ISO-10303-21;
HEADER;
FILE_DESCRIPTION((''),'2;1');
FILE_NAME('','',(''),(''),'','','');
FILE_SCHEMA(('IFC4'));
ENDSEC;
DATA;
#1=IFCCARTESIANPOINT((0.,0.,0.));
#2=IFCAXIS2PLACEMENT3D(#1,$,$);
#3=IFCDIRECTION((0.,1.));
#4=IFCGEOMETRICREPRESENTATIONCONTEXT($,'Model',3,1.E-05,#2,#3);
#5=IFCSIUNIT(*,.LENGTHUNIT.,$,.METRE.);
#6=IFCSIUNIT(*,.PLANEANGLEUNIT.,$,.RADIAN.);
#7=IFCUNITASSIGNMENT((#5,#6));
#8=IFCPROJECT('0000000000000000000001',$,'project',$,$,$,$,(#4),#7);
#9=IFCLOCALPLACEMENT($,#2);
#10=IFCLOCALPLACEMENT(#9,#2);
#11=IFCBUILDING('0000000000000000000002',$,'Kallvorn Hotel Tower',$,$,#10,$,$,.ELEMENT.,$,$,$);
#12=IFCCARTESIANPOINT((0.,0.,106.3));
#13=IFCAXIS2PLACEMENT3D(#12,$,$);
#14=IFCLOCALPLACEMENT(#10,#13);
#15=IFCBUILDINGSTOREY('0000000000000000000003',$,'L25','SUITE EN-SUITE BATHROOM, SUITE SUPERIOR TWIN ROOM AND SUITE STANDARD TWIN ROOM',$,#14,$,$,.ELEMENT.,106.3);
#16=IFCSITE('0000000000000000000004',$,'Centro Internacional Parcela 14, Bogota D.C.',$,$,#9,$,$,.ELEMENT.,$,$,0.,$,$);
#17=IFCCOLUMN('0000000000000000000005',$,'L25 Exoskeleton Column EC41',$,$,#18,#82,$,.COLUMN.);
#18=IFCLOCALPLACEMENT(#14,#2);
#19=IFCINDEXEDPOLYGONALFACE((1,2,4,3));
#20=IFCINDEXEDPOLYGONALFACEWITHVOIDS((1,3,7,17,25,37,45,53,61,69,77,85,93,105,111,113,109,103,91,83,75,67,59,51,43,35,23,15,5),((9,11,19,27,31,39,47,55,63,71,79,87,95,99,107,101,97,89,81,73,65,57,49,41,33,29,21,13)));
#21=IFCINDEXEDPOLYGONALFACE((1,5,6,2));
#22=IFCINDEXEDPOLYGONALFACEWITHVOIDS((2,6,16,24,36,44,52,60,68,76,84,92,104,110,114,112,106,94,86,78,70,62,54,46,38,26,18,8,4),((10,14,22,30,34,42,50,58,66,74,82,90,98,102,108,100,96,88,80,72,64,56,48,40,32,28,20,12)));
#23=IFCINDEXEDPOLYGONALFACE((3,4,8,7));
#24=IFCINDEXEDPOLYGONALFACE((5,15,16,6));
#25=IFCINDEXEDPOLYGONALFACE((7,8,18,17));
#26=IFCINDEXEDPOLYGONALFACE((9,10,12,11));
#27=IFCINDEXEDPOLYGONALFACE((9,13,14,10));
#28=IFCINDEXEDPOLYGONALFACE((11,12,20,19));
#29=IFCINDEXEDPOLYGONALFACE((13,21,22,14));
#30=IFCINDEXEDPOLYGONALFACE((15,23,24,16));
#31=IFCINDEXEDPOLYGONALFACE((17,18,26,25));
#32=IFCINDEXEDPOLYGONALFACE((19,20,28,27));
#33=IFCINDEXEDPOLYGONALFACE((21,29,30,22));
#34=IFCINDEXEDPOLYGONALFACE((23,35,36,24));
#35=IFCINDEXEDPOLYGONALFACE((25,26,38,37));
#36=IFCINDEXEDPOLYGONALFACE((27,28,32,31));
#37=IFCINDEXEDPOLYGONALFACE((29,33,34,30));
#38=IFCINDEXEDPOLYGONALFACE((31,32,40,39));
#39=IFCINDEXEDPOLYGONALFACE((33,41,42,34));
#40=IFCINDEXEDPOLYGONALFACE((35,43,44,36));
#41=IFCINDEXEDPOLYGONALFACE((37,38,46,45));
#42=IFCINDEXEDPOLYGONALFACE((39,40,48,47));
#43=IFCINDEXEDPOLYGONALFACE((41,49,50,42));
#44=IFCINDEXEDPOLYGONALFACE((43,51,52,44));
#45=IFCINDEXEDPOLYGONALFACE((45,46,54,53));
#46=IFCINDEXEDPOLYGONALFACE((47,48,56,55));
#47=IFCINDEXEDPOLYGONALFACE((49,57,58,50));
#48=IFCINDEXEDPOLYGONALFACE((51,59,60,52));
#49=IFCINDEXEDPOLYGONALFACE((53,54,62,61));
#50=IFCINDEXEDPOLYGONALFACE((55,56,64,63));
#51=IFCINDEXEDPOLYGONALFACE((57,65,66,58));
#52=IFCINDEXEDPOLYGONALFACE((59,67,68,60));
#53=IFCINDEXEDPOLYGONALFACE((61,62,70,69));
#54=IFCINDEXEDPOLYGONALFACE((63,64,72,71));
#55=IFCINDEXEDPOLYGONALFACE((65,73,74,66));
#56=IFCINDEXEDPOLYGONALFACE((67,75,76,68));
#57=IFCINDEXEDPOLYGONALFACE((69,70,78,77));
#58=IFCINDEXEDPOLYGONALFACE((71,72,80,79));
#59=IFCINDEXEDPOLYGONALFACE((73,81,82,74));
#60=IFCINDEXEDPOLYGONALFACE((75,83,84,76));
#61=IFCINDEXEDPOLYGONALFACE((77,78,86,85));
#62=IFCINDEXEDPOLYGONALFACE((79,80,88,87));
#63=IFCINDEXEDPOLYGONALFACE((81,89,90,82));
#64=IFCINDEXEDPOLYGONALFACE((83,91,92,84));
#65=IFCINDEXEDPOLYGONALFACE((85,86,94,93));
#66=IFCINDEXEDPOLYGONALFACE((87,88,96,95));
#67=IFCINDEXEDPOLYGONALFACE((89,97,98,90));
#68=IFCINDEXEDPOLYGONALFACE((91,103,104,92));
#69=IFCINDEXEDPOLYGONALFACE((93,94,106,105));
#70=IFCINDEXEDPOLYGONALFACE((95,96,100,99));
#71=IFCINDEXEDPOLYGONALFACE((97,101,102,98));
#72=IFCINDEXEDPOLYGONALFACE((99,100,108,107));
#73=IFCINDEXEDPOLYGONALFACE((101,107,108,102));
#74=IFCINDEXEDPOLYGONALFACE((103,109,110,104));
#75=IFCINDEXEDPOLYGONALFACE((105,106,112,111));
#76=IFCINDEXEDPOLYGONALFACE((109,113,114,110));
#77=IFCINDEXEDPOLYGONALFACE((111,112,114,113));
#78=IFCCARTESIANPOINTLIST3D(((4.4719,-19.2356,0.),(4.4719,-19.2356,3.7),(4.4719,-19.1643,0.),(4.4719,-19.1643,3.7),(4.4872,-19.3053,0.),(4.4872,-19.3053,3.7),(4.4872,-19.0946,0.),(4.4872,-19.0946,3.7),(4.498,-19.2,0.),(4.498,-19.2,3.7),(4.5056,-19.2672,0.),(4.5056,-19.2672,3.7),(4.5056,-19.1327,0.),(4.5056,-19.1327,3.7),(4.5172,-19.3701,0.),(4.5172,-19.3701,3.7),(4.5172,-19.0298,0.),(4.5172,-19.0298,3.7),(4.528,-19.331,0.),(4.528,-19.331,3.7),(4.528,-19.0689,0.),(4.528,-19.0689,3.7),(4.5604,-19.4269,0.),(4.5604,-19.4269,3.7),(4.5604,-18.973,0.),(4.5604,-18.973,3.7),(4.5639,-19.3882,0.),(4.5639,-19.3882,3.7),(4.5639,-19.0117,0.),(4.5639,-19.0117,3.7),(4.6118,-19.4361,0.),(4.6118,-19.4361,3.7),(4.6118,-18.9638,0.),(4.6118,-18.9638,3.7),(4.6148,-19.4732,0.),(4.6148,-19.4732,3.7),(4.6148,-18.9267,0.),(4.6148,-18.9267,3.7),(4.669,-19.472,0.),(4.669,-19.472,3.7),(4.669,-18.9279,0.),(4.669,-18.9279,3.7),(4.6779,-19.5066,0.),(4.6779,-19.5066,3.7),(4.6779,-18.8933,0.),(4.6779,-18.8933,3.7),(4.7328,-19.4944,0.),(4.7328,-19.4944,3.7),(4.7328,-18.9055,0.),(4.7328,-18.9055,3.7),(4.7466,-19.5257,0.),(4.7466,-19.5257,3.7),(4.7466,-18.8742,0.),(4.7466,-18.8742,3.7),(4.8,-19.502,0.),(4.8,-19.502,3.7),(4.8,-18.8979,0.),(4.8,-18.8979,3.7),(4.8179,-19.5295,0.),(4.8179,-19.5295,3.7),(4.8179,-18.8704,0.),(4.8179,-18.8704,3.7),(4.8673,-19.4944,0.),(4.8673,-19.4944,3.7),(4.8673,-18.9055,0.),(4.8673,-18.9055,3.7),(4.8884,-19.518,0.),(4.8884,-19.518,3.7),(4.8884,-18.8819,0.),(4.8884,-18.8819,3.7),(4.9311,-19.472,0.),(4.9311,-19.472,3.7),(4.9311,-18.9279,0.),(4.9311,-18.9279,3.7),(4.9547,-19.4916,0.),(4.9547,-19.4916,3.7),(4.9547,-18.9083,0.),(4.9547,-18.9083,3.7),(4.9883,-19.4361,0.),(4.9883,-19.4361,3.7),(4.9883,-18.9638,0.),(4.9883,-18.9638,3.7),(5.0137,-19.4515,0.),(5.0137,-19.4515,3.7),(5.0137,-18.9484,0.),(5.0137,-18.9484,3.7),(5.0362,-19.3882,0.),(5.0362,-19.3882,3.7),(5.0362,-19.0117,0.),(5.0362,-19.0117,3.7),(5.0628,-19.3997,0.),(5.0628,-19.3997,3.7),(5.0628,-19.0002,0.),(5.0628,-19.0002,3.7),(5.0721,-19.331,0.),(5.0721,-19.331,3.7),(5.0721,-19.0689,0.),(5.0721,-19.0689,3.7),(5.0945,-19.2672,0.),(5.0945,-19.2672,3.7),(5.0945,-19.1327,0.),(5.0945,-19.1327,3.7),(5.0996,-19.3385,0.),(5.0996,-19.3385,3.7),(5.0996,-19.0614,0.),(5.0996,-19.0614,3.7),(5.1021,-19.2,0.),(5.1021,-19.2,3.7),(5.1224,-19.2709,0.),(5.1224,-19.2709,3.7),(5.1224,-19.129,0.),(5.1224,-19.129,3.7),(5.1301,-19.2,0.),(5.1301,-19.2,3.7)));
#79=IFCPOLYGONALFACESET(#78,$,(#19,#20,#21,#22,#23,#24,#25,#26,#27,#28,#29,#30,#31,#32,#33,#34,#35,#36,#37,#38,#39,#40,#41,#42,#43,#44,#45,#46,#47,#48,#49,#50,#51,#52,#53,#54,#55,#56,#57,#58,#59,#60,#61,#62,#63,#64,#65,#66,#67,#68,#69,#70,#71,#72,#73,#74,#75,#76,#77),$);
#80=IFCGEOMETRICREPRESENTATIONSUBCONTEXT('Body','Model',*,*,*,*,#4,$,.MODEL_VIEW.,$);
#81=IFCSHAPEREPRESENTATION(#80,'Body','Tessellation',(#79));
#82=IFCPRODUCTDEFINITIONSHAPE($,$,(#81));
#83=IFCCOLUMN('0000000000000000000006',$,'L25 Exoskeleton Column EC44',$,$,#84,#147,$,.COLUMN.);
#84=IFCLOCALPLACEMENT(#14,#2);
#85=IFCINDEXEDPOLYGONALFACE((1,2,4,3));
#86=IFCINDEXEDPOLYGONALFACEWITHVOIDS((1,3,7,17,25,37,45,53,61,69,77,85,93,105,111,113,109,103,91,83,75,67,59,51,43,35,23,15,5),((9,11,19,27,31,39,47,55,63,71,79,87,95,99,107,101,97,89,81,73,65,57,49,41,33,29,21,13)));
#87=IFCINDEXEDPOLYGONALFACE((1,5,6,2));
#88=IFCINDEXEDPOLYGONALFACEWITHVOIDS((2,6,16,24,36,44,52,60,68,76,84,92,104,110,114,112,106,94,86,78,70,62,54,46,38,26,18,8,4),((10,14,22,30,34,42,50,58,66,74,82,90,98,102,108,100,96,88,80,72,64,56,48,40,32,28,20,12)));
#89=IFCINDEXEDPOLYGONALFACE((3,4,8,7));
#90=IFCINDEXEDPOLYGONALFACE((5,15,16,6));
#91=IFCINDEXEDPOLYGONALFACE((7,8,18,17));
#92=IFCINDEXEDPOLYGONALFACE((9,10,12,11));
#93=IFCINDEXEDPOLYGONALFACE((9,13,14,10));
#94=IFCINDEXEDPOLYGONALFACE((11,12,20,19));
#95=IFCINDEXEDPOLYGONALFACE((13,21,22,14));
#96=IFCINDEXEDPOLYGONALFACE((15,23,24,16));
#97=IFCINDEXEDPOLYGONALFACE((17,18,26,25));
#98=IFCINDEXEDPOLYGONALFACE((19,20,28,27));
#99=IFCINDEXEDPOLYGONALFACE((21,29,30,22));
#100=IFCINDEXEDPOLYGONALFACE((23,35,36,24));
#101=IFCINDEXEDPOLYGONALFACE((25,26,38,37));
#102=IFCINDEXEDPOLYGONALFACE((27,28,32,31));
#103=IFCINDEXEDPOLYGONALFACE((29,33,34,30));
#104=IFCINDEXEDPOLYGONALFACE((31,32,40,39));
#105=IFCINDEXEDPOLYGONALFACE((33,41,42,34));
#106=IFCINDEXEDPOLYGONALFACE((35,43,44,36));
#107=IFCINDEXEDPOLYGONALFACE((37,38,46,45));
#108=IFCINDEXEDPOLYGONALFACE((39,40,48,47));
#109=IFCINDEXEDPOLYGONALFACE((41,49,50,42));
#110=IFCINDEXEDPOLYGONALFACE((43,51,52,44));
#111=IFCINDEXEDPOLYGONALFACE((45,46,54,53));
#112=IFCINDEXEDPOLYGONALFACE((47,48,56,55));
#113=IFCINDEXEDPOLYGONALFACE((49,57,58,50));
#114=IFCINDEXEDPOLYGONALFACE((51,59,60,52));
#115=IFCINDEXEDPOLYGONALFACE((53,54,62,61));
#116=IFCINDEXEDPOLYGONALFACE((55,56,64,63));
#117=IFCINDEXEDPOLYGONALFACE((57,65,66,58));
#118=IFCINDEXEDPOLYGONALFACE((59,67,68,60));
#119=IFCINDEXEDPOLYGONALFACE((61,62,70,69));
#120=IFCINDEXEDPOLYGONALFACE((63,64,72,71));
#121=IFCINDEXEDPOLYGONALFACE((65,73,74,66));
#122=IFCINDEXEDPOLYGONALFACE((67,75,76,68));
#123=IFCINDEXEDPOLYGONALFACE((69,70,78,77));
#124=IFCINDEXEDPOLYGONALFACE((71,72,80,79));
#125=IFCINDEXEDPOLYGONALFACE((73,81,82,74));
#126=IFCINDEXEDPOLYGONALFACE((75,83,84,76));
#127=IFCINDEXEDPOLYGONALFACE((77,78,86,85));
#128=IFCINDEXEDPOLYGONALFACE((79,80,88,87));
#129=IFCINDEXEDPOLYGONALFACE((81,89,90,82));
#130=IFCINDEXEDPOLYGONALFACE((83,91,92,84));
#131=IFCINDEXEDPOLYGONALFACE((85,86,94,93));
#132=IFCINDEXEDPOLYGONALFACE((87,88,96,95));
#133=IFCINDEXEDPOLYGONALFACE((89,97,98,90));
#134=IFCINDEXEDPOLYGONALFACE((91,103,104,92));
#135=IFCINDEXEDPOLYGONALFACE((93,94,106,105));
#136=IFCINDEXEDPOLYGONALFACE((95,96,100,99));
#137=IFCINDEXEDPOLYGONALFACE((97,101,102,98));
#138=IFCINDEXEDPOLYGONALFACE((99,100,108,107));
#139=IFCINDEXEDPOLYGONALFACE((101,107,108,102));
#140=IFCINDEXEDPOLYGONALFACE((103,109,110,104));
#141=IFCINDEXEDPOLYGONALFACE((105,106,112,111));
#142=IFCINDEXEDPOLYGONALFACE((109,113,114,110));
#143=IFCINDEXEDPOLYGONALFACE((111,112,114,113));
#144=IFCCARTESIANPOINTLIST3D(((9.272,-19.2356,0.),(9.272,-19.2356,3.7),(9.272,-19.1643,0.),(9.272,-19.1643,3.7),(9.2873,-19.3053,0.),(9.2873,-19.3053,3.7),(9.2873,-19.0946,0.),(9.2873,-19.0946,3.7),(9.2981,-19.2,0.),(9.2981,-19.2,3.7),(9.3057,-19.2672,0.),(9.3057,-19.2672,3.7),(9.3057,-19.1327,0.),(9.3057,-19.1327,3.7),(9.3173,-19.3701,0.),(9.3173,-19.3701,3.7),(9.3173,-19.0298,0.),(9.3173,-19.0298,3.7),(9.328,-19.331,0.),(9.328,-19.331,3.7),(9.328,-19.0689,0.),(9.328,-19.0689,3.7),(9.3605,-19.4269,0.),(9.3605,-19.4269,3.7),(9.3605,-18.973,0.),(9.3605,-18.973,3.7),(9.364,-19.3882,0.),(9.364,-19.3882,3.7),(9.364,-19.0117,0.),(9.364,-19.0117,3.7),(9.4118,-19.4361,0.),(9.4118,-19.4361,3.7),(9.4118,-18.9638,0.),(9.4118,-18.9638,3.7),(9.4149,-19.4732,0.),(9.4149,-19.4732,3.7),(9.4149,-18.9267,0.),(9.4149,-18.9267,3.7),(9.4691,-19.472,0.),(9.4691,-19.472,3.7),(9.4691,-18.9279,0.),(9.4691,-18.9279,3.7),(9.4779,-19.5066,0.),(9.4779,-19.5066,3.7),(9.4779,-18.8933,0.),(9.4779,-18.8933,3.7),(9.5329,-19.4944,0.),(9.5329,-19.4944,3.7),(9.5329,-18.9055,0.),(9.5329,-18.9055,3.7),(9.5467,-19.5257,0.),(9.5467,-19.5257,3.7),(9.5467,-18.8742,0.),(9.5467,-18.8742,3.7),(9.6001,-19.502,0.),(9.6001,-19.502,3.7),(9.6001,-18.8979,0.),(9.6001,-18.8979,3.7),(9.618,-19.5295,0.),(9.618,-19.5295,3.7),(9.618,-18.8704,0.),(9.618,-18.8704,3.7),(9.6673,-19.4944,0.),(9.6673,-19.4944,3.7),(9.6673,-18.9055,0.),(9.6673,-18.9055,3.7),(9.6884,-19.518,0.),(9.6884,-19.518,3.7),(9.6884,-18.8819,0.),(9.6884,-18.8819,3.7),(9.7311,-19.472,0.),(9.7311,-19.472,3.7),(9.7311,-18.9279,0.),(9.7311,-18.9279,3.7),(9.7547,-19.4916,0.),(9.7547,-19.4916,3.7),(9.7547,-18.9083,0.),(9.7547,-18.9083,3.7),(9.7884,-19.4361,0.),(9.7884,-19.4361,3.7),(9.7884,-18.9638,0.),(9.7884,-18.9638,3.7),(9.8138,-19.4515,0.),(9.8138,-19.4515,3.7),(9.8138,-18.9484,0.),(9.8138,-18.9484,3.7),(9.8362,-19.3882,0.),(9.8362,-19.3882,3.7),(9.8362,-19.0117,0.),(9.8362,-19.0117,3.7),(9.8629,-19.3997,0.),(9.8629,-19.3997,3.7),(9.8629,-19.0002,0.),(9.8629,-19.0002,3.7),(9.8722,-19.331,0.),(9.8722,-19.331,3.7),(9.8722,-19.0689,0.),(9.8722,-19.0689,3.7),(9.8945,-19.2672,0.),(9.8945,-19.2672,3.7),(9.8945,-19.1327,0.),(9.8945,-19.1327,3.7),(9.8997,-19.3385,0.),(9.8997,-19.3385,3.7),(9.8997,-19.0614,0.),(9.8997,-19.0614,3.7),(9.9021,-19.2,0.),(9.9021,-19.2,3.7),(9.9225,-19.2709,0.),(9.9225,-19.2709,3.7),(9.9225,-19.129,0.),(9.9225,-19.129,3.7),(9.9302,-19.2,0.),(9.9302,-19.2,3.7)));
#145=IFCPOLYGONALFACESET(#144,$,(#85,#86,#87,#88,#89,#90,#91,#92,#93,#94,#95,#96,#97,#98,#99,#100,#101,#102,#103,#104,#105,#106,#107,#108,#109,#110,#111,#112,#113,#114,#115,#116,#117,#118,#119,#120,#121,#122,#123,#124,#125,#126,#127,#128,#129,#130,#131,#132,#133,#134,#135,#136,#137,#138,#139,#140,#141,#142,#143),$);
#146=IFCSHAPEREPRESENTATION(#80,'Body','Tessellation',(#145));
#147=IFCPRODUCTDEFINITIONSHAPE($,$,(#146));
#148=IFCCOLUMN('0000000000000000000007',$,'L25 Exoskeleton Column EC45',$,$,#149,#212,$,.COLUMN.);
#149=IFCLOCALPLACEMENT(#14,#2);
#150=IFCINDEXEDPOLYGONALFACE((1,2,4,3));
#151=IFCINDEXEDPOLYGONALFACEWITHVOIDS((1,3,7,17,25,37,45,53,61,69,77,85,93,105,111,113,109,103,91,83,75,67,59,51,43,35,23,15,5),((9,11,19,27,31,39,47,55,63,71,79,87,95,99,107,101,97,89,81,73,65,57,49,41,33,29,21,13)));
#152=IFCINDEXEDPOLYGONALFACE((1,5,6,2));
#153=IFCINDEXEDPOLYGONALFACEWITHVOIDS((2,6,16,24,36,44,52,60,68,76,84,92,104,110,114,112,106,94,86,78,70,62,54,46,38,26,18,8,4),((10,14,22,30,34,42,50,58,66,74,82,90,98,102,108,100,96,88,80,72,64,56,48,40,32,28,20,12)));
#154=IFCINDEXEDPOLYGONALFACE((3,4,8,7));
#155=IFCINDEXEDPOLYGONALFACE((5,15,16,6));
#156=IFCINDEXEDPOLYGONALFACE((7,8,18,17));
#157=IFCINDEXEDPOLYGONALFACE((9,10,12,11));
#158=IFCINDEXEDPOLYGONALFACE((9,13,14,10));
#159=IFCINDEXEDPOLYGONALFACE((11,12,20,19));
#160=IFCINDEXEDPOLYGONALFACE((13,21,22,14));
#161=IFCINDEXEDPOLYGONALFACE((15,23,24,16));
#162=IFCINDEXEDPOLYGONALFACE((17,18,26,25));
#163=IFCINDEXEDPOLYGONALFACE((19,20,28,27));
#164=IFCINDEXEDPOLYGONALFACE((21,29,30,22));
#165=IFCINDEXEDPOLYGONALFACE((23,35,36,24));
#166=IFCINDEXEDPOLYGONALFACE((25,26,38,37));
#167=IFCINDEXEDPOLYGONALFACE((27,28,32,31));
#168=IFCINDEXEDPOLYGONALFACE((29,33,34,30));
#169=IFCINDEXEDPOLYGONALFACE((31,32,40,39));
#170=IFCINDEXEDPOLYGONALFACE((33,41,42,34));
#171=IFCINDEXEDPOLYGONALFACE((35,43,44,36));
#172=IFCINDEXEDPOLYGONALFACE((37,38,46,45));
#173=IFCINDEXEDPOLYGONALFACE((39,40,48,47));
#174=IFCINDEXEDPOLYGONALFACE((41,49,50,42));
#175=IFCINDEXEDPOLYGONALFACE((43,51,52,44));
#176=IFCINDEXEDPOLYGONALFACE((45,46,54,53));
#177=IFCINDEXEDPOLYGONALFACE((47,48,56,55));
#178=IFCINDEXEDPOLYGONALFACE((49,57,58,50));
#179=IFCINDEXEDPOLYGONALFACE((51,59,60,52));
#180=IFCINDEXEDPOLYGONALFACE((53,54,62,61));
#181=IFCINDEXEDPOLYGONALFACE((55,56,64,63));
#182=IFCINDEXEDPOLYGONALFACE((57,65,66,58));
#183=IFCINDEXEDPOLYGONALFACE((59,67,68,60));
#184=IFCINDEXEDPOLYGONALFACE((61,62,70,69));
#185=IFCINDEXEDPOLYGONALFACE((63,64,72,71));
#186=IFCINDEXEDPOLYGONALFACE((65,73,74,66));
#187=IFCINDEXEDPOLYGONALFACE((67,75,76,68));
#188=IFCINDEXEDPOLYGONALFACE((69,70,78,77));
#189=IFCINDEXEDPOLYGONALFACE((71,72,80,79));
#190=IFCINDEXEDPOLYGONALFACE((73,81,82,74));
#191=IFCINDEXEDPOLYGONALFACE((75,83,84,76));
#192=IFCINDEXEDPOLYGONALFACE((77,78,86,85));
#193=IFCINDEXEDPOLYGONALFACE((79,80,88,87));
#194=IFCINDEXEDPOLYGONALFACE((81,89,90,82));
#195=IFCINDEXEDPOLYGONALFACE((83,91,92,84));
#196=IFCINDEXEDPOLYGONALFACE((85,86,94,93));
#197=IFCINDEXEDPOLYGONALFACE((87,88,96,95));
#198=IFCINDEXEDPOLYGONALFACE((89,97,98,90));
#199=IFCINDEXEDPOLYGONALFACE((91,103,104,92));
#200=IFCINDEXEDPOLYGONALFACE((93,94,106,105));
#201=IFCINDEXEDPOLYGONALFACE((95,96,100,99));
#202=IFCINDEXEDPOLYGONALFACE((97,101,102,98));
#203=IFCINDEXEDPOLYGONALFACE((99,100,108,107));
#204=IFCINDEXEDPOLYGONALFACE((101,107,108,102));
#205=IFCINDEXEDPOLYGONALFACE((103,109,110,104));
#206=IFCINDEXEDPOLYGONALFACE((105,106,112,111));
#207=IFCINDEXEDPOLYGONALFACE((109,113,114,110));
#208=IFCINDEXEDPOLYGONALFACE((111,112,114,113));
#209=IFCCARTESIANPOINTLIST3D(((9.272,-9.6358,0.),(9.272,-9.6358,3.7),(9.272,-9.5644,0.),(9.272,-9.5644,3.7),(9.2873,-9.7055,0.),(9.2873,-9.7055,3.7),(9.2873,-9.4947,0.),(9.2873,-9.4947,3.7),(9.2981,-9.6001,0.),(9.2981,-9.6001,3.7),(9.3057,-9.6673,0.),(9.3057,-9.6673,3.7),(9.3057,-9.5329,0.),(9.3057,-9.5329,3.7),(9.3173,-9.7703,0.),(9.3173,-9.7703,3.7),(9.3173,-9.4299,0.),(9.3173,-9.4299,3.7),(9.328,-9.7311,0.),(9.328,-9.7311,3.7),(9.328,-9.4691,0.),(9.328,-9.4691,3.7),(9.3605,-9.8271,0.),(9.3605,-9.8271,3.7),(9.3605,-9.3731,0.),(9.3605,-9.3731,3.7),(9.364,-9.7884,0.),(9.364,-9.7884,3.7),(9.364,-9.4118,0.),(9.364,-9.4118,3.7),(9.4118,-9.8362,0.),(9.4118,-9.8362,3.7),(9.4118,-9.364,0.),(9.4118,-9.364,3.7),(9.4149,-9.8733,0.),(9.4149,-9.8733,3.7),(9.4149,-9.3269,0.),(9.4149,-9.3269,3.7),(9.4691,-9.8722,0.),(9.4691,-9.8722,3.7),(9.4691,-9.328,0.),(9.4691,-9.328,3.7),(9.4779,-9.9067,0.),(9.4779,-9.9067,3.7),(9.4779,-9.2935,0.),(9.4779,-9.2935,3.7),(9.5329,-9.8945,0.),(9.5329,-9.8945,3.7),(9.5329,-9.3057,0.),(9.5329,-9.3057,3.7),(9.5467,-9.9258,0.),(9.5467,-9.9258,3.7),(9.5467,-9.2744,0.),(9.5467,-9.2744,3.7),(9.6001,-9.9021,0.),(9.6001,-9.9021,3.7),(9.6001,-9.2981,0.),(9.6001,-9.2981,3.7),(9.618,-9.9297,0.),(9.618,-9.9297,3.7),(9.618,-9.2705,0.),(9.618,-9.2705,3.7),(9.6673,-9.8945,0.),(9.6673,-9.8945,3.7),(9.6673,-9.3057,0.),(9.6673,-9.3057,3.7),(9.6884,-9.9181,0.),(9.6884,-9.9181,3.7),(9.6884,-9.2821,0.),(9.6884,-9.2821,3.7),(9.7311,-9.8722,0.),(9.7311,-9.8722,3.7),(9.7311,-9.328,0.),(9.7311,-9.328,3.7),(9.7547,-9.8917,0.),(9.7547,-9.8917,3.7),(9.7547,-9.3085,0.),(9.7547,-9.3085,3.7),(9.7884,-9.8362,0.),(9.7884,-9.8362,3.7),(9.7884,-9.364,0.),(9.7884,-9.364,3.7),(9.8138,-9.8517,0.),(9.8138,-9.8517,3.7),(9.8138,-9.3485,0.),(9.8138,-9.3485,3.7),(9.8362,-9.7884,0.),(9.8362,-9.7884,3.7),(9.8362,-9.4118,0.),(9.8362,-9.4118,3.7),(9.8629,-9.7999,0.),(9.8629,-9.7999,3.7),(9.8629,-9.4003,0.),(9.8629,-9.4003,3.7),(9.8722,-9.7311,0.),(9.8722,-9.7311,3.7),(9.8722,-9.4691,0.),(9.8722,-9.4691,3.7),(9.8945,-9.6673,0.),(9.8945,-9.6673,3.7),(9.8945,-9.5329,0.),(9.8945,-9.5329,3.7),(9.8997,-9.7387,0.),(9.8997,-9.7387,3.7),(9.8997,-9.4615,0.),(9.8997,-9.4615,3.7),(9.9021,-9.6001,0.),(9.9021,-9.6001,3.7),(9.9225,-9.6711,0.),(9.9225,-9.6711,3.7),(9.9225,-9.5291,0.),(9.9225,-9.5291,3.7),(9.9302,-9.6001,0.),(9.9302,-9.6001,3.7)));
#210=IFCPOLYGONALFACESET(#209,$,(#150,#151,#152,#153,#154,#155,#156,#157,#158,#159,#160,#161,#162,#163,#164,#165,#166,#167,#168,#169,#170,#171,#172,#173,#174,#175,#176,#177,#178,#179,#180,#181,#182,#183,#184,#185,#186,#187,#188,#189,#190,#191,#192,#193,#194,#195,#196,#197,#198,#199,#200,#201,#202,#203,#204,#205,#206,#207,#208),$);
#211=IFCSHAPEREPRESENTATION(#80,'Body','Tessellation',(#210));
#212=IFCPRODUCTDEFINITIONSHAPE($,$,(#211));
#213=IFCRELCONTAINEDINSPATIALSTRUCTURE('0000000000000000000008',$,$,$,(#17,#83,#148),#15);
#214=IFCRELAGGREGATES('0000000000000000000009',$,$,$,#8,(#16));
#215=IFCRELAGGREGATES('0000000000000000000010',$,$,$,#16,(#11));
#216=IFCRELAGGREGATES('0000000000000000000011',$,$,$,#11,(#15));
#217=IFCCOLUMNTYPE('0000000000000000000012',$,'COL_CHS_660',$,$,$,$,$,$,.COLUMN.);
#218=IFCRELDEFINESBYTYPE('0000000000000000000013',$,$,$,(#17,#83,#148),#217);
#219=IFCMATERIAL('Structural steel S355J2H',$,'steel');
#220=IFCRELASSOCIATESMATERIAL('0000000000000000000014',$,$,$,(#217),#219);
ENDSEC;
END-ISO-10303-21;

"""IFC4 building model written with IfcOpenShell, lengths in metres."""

from ifc_helpers import new_model, si_unit, direction, frame, origin, origin_2d, place, context, subcontext, project, spatial, hollow_circle, extrude, material, material_profile, profile_set, type_object, element, save


model = new_model("IFC4")

# Units and contexts
model_context = context("Model", 3, precision=1e-05, world=origin(), true_north=direction((0.0, 1.0)))
body_context = subcontext(model_context, "Body", "Model", "MODEL_VIEW")
ifc_project = project(units=[si_unit("LENGTHUNIT", "METRE"), si_unit("PLANEANGLEUNIT", "RADIAN")], contexts=[model_context])

# Site, building, storey
site_placement = place(None, origin())
site = spatial("IfcSite", under=ifc_project, at=site_placement, Name="Centro Internacional Parcela 14, Bogota D.C.", CompositionType="ELEMENT", RefElevation=0.0)
building_placement = place(site_placement, origin())
building = spatial("IfcBuilding", under=site, at=building_placement, Name="Kallvorn Hotel Tower", CompositionType="ELEMENT")
storey_placement = place(building_placement, frame((0.0, 0.0, 106.3)))
storey = spatial("IfcBuildingStorey", under=building, at=storey_placement, Name="L25", Description="SUITE EN-SUITE BATHROOM, SUITE SUPERIOR TWIN ROOM AND SUITE STANDARD TWIN ROOM", CompositionType="ELEMENT", Elevation=106.3)

# Columns
ifc_material_1 = material(Name="Structural steel S355J2H", Category="steel")
ifc_material_profile_1 = material_profile(ifc_material_1, hollow_circle(Radius=0.3301, WallThickness=0.0281, at=origin_2d()), Name="CHS 660x28")
ifc_profile_set_1 = profile_set([ifc_material_profile_1], Name="Structural steel S355J2H")
column_type_1 = type_object("IfcColumnType", Name="COL_CHS_660", PredefinedType="COLUMN", material=ifc_profile_set_1)
for number, where, z_axis, x_axis, name in (
    (1, (4.8, -19.2, 0.0), (0.0, 0.0, 1.0), (1.0, 0.0, 0.0), "L25 Exoskeleton Column EC41"),
    (2, (9.6001, -19.2, 0.0), (0.0, 0.0, 1.0), (1.0, 0.0, 0.0), "L25 Exoskeleton Column EC44"),
    (3, (9.6001, -9.6001, 0.0), (0.0, 0.0, 1.0), (1.0, 0.0, 0.0), "L25 Exoskeleton Column EC45"),
):
    element("IfcColumn", number, at=place(storey_placement, frame(where, z_axis=z_axis, x_axis=x_axis)), inside=storey, type_object=column_type_1, Name=name, PredefinedType="COLUMN", context=body_context, shape_type="SweptSolid", body=[
        extrude(hollow_circle(Radius=0.3301, WallThickness=0.0281, at=origin_2d()), origin(), (0.0, 0.0, 1.0), 3.7),
    ])

save(model, "model.ifc")
